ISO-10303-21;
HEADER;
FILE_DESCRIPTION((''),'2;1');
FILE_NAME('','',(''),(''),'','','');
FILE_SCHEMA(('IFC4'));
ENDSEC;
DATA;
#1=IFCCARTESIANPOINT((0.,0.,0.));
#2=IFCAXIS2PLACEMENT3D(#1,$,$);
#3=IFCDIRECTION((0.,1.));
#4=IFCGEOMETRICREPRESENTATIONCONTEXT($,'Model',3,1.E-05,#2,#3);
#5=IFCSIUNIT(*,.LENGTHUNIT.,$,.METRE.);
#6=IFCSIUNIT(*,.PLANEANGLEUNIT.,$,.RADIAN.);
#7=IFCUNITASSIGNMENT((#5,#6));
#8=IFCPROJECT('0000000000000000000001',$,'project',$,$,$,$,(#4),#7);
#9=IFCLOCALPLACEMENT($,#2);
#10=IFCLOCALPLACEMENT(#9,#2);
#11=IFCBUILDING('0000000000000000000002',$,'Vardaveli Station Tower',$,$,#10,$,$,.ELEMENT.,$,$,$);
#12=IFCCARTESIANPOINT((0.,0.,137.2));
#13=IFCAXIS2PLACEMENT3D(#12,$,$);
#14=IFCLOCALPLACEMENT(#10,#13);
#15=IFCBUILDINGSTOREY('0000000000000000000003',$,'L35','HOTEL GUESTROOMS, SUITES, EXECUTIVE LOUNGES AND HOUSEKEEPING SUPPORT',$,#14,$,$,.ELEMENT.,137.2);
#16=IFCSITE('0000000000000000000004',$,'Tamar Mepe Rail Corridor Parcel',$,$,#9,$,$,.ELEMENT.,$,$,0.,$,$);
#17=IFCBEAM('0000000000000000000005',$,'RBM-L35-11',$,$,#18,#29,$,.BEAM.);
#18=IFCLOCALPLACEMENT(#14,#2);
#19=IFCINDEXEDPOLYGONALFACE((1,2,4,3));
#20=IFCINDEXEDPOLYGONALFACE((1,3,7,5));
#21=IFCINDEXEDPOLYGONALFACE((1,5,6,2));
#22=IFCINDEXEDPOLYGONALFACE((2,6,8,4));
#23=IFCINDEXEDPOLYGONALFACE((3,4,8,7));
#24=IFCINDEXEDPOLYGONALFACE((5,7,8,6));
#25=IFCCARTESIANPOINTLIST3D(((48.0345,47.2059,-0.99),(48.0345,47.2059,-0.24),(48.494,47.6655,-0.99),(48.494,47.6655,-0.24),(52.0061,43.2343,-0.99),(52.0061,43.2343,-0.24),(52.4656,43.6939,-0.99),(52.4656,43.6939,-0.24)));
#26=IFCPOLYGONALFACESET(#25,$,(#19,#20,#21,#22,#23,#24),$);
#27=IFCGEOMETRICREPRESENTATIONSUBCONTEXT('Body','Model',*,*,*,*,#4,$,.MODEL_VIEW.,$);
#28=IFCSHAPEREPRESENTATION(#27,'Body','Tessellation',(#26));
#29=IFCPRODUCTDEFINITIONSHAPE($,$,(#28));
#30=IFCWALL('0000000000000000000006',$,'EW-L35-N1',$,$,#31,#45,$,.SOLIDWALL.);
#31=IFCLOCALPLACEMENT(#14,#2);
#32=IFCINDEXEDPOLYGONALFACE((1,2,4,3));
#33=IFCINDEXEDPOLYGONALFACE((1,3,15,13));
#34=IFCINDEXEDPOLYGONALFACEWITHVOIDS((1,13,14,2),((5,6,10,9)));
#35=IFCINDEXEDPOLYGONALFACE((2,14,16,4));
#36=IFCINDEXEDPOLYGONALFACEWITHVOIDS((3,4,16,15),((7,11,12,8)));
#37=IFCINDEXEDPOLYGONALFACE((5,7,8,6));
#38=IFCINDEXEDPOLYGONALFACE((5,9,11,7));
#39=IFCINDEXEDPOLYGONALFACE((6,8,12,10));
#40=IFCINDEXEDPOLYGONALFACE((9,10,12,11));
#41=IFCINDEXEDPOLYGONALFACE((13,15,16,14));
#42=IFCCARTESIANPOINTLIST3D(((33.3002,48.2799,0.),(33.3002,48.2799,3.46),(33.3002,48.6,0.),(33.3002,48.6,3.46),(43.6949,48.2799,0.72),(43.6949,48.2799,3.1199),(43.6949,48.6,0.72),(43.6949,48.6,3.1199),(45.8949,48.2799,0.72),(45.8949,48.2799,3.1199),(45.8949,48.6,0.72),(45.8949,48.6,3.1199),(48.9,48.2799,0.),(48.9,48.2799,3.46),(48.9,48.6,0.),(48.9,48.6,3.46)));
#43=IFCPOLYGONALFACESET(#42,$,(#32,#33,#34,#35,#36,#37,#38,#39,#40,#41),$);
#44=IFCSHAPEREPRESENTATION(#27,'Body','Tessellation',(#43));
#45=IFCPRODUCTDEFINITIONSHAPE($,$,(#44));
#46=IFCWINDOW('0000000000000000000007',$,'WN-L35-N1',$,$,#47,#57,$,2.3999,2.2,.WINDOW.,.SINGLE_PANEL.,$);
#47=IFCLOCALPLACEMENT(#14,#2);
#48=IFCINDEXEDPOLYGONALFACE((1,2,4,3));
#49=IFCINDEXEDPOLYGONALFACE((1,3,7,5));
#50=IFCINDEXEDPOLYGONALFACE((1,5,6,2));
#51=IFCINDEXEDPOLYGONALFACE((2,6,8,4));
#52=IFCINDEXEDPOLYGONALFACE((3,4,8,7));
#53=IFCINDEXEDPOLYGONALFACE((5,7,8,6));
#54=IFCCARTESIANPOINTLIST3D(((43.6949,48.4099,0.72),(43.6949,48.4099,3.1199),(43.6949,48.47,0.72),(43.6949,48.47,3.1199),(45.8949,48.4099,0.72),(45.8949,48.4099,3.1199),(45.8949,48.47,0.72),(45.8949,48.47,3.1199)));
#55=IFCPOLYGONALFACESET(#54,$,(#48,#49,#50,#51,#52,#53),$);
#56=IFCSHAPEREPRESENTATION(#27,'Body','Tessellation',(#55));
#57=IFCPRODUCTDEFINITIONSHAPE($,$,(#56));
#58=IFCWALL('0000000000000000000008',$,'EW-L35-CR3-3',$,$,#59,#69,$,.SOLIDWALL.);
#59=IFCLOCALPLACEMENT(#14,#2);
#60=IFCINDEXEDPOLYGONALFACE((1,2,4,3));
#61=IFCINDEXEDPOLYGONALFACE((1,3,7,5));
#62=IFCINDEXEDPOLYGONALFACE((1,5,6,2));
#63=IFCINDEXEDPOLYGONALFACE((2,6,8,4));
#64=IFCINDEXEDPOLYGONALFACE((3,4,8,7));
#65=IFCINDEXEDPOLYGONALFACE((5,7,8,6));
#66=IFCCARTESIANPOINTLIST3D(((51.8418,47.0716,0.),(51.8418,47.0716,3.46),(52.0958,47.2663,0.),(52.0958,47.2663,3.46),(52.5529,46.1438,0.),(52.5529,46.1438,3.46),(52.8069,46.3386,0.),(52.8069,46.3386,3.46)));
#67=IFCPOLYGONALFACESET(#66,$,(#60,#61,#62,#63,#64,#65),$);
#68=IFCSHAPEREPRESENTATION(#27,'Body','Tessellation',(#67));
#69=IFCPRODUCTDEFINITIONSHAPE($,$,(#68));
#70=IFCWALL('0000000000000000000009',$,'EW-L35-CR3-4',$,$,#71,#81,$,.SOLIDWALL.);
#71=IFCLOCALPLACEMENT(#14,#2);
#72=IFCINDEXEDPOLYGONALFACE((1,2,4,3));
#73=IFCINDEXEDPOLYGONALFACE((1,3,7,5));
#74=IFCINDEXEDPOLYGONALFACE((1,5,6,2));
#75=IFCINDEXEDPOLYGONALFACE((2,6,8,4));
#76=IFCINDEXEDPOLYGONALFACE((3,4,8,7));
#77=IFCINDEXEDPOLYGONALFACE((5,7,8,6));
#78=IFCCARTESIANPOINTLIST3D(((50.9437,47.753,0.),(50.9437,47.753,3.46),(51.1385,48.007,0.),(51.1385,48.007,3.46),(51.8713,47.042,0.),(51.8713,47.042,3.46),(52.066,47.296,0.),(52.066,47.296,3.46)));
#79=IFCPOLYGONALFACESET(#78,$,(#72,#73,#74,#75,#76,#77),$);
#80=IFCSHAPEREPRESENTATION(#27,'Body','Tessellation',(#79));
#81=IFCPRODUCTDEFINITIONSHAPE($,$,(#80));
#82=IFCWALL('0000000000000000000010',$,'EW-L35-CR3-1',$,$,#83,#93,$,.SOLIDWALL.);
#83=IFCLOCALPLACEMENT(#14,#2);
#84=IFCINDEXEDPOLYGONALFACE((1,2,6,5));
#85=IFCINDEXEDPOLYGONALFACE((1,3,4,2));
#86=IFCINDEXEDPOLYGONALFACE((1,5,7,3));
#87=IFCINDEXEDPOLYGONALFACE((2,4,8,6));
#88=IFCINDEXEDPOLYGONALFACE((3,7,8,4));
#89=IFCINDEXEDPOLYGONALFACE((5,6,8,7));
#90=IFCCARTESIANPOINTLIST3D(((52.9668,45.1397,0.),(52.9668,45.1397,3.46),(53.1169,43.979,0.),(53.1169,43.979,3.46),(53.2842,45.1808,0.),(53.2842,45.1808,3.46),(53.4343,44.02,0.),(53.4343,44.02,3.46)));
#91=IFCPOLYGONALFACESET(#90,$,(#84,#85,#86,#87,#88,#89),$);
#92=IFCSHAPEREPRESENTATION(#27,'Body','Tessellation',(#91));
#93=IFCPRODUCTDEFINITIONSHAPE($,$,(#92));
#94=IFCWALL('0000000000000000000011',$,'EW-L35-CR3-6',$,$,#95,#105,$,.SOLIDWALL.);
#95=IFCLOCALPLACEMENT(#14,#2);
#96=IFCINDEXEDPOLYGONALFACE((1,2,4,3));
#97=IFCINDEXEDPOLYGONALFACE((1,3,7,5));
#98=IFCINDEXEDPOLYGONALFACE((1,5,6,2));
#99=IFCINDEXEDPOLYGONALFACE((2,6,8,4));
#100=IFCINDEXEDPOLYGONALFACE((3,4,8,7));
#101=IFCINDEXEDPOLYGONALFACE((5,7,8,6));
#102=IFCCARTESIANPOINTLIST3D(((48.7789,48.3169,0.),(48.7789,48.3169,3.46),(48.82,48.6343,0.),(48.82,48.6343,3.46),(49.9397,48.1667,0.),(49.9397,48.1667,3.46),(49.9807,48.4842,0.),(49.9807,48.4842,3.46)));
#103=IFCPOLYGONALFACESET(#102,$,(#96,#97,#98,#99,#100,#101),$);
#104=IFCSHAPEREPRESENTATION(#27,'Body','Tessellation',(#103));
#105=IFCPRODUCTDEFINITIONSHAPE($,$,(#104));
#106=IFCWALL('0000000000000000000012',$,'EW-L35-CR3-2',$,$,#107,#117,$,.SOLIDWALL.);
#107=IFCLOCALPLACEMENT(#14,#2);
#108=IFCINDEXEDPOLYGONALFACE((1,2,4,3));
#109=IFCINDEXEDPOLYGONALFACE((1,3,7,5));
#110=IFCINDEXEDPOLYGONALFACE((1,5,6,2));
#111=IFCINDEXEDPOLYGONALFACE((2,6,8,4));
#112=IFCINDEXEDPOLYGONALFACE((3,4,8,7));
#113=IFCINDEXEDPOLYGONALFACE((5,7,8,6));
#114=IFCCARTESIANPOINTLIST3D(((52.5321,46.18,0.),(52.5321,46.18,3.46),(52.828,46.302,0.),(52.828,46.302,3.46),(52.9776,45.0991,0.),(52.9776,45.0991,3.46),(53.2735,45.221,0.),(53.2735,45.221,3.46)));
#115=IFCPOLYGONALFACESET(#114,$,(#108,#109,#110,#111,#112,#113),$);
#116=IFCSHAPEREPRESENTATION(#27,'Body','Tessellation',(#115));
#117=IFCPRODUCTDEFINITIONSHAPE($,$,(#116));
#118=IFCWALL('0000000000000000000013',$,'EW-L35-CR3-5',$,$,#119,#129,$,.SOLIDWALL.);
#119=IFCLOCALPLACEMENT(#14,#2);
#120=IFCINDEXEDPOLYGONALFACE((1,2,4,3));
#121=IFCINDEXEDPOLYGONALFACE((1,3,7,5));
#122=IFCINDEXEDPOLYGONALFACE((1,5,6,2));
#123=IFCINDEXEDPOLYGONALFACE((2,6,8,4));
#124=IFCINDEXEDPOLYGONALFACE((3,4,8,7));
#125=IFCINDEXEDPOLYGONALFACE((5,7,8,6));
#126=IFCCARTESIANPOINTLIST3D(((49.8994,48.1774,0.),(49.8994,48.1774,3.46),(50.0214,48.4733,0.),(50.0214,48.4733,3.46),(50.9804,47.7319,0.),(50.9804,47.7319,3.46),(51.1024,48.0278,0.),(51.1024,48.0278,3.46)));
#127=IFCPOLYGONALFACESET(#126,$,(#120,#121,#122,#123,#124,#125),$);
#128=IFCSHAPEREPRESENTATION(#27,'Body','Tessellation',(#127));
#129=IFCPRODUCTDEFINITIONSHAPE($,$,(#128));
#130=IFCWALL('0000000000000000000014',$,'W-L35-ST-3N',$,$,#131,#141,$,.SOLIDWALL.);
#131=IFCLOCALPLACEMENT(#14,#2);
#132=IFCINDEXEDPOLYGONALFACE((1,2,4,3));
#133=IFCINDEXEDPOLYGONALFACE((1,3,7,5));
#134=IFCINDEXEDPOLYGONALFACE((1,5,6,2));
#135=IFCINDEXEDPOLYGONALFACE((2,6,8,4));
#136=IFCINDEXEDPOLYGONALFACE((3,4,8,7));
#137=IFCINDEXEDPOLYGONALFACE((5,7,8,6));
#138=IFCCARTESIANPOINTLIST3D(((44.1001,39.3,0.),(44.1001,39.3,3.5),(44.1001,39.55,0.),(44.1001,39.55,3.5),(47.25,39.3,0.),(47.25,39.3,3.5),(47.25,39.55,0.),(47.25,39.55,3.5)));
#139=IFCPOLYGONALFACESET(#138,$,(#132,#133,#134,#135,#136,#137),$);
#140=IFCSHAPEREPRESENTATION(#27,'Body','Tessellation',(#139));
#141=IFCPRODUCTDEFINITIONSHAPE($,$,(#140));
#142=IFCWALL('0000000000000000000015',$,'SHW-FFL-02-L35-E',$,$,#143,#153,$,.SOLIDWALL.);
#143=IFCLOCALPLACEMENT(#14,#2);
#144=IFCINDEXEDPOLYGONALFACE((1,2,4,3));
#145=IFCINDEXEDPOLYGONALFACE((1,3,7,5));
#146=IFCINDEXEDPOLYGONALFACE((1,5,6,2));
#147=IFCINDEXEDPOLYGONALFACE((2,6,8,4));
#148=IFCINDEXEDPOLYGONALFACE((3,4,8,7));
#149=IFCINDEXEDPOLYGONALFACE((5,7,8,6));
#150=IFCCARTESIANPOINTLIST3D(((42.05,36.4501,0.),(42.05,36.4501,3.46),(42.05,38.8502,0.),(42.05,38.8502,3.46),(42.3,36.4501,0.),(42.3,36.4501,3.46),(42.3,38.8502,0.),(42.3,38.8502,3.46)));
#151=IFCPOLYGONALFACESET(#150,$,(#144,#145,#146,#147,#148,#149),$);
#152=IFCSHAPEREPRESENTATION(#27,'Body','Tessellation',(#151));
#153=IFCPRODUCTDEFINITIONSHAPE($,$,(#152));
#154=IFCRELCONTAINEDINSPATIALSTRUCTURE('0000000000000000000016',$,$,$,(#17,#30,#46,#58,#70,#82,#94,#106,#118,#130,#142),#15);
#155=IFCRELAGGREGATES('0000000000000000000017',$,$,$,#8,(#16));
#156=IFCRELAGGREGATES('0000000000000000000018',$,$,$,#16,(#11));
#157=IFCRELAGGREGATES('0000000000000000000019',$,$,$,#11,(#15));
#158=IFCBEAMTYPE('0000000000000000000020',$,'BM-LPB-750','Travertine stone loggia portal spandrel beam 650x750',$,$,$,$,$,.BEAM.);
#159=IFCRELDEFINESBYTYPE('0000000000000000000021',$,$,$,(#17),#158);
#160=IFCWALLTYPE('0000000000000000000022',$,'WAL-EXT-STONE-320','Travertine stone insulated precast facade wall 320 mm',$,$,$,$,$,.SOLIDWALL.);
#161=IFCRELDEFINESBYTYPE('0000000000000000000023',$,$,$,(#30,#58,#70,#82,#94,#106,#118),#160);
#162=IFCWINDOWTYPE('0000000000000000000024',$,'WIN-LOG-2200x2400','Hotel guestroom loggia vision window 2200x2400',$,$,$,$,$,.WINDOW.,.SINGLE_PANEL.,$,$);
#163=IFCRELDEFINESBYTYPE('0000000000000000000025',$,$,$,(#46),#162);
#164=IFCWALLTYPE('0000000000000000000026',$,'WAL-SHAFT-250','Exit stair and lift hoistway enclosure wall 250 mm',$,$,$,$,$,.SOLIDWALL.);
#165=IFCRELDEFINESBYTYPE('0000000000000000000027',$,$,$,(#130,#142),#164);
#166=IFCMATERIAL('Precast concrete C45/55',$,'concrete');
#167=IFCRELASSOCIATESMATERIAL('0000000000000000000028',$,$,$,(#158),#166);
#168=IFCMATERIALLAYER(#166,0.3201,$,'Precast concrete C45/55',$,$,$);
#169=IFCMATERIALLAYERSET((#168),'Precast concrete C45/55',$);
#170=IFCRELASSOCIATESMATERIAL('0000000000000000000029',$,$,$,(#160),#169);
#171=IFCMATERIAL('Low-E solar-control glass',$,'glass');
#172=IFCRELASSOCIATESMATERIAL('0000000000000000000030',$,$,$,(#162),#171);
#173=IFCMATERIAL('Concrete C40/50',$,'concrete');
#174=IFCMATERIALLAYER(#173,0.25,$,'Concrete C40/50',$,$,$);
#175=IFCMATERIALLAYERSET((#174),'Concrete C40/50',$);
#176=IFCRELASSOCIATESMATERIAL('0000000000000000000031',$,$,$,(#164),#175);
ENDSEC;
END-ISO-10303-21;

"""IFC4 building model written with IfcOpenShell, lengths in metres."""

from ifc_helpers import new_model, si_unit, direction, frame, frame_2d, origin, origin_2d, place, context, subcontext, project, spatial, rectangle, extrude, source, transform, mapped, material, layer, layer_set, material_profile, profile_set, type_object, element, fill, save


model = new_model("IFC4")

# Units and contexts
model_context = context("Model", 3, precision=1e-05, world=origin(), true_north=direction((0.0, 1.0)))
body_context = subcontext(model_context, "Body", "Model", "MODEL_VIEW")
ifc_project = project(units=[si_unit("LENGTHUNIT", "METRE"), si_unit("PLANEANGLEUNIT", "RADIAN")], contexts=[model_context])

# Site, building, storey
site_placement = place(None, origin())
site = spatial("IfcSite", under=ifc_project, at=site_placement, Name="Tamar Mepe Rail Corridor Parcel", CompositionType="ELEMENT", RefElevation=0.0)
building_placement = place(site_placement, origin())
building = spatial("IfcBuilding", under=site, at=building_placement, Name="Vardaveli Station Tower", CompositionType="ELEMENT")
storey_placement = place(building_placement, frame((0.0, 0.0, 137.2)))
storey = spatial("IfcBuildingStorey", under=building, at=storey_placement, Name="L35", Description="HOTEL GUESTROOMS, SUITES, EXECUTIVE LOUNGES AND HOUSEKEEPING SUPPORT", CompositionType="ELEMENT", Elevation=137.2)

# Beam
ifc_material_1 = material(Name="Precast concrete C45/55", Category="concrete")
ifc_material_profile_1 = material_profile(ifc_material_1, rectangle(XDim=0.6499, YDim=0.75, at=origin_2d()), Name="LPB 650x750")
ifc_profile_set_1 = profile_set([ifc_material_profile_1], Name="Precast concrete C45/55")
beam_type = type_object("IfcBeamType", Name="BM-LPB-750", Description="Travertine stone loggia portal spandrel beam 650x750", PredefinedType="BEAM", material=ifc_profile_set_1)
shared_shape_1 = source(origin(), body_context, "Body", "SweptSolid", [
    extrude(rectangle(XDim=0.6499, YDim=0.75, at=origin_2d()), origin(), (0.0, 0.0, 1.0), 5.6167),
])
beam_placement = place(storey_placement, frame((52.2358, 43.4641, -0.615), z_axis=(-0.707107, 0.707107, 0.0), x_axis=(-0.707107, -0.707107, 0.0)))
element("IfcBeam", 1, at=beam_placement, inside=storey, type_object=beam_type, Name="RBM-L35-11", PredefinedType="BEAM", context=body_context, shape_type="MappedRepresentation", body=[
    mapped(shared_shape_1, transform((0.0, 0.0, 0.0), scale=1.0)),
])

# Wall, opening, window
ifc_layer_1 = layer(ifc_material_1, 0.3201, Name="Precast concrete C45/55")
ifc_layer_set_1 = layer_set([ifc_layer_1], Name="Precast concrete C45/55")
wall_type_1 = type_object("IfcWallType", Name="WAL-EXT-STONE-320", Description="Travertine stone insulated precast facade wall 320 mm", PredefinedType="SOLIDWALL", material=ifc_layer_set_1)
shared_shape_2 = source(origin(), body_context, "Body", "SweptSolid", [
    extrude(rectangle(XDim=15.5999, YDim=0.3201, at=frame_2d((7.7998, 0.0))), origin(), (0.0, 0.0, 1.0), 3.46),
])
wall_1_placement = place(storey_placement, frame((48.8999, 48.4399, 0.0), z_axis=(0.0, 0.0, 1.0), x_axis=(-1.0, 0.0, 0.0)))
wall_1 = element("IfcWall", 2, at=wall_1_placement, inside=storey, type_object=wall_type_1, Name="EW-L35-N1", PredefinedType="SOLIDWALL", context=body_context, shape_type="MappedRepresentation", body=[
    mapped(shared_shape_2, transform((0.0, 0.0, 0.0), scale=1.0)),
])
shared_shape_3 = source(origin(), body_context, "Body", "SweptSolid", [
    extrude(rectangle(XDim=2.2, YDim=2.3999, at=frame_2d((1.1001, 1.2))), frame((0.0, 0.1699, 0.0), z_axis=(0.0, -1.0, 0.0), x_axis=(1.0, 0.0, 0.0)), (0.0, 0.0, 1.0), 0.3401),
])
opening_placement = place(wall_1_placement, frame((3.0049, 0.0, 0.72)))
opening = element("IfcOpeningElement", 3, at=opening_placement, cuts=wall_1, PredefinedType="OPENING", context=body_context, shape_type="MappedRepresentation", body=[
    mapped(shared_shape_3, transform((0.0, 0.0, 0.0), scale=1.0)),
])
ifc_material_2 = material(Name="Low-E solar-control glass", Category="glass")
window_type = type_object("IfcWindowType", Name="WIN-LOG-2200x2400", Description="Hotel guestroom loggia vision window 2200x2400", PartitioningType="SINGLE_PANEL", PredefinedType="WINDOW", material=ifc_material_2)
shared_shape_4 = source(origin(), body_context, "Body", "SweptSolid", [
    extrude(rectangle(XDim=2.2, YDim=2.3999, at=frame_2d((1.1001, 1.2))), frame((0.0, 0.03, 0.0), z_axis=(0.0, -1.0, 0.0), x_axis=(1.0, 0.0, 0.0)), (0.0, 0.0, 1.0), 0.0601),
])
window_placement = place(opening_placement, origin())
window = element("IfcWindow", 4, at=window_placement, inside=storey, type_object=window_type, Name="WN-L35-N1", OverallHeight=2.3999, OverallWidth=2.2, PartitioningType="SINGLE_PANEL", PredefinedType="WINDOW", context=body_context, shape_type="MappedRepresentation", body=[
    mapped(shared_shape_4, transform((0.0, 0.0, 0.0), scale=1.0)),
])
fill(opening, window)

# Walls
shared_shape_5 = source(origin(), body_context, "Body", "SweptSolid", [
    extrude(rectangle(XDim=1.1689, YDim=0.3201, at=frame_2d((0.5845, 0.0))), origin(), (0.0, 0.0, 1.0), 3.46),
])
wall_2_placement = place(storey_placement, frame((52.6799, 46.2412, 0.0), z_axis=(0.0, 0.0, 1.0), x_axis=(-0.608388, 0.79364, 0.0)))
element("IfcWall", 5, at=wall_2_placement, inside=storey, type_object=wall_type_1, Name="EW-L35-CR3-3", PredefinedType="SOLIDWALL", context=body_context, shape_type="MappedRepresentation", body=[
    mapped(shared_shape_5, transform((0.0, 0.0, 0.0), scale=1.0)),
])
shared_shape_6 = source(origin(), body_context, "Body", "SweptSolid", [
    extrude(rectangle(XDim=1.1687, YDim=0.3201, at=frame_2d((0.5845, 0.0))), origin(), (0.0, 0.0, 1.0), 3.46),
])
wall_3_placement = place(storey_placement, frame((51.9688, 47.1689, 0.0), z_axis=(0.0, 0.0, 1.0), x_axis=(-0.793664, 0.608357, 0.0)))
element("IfcWall", 6, at=wall_3_placement, inside=storey, type_object=wall_type_1, Name="EW-L35-CR3-4", PredefinedType="SOLIDWALL", context=body_context, shape_type="MappedRepresentation", body=[
    mapped(shared_shape_6, transform((0.0, 0.0, 0.0), scale=1.0)),
])
shared_shape_7 = source(origin(), body_context, "Body", "SweptSolid", [
    extrude(rectangle(XDim=1.1704, YDim=0.3201, at=frame_2d((0.5852, 0.0))), origin(), (0.0, 0.0, 1.0), 3.46),
])
for number, where, z_axis, x_axis, name in (
    (7, (53.2756, 43.9995, 0.0), (0.0, 0.0, 1.0), (-0.128296, 0.991736, 0.0), "EW-L35-CR3-1"),
    (8, (49.9602, 48.3254, 0.0), (0.0, 0.0, 1.0), (-0.991736, 0.128296, 0.0), "EW-L35-CR3-6"),
):
    element("IfcWall", number, at=place(storey_placement, frame(where, z_axis=z_axis, x_axis=x_axis)), inside=storey, type_object=wall_type_1, Name=name, PredefinedType="SOLIDWALL", context=body_context, shape_type="MappedRepresentation", body=[
        mapped(shared_shape_7, transform((0.0, 0.0, 0.0), scale=1.0)),
    ])
shared_shape_8 = source(origin(), body_context, "Body", "SweptSolid", [
    extrude(rectangle(XDim=1.1692, YDim=0.3201, at=frame_2d((0.5845, 0.0))), origin(), (0.0, 0.0, 1.0), 3.46),
])
for number, where, z_axis, x_axis, name in (
    (9, (53.1255, 45.1602, 0.0), (0.0, 0.0, 1.0), (-0.381054, 0.924553, 0.0), "EW-L35-CR3-2"),
    (10, (51.0413, 47.8799, 0.0), (0.0, 0.0, 1.0), (-0.924553, 0.381054, 0.0), "EW-L35-CR3-5"),
):
    element("IfcWall", number, at=place(storey_placement, frame(where, z_axis=z_axis, x_axis=x_axis)), inside=storey, type_object=wall_type_1, Name=name, PredefinedType="SOLIDWALL", context=body_context, shape_type="MappedRepresentation", body=[
        mapped(shared_shape_8, transform((0.0, 0.0, 0.0), scale=1.0)),
    ])
ifc_material_3 = material(Name="Concrete C40/50", Category="concrete")
ifc_layer_2 = layer(ifc_material_3, 0.25, Name="Concrete C40/50")
ifc_layer_set_2 = layer_set([ifc_layer_2], Name="Concrete C40/50")
wall_type_2 = type_object("IfcWallType", Name="WAL-SHAFT-250", Description="Exit stair and lift hoistway enclosure wall 250 mm", PredefinedType="SOLIDWALL", material=ifc_layer_set_2)
shared_shape_9 = source(origin(), body_context, "Body", "SweptSolid", [
    extrude(rectangle(XDim=3.1499, YDim=0.25, at=frame_2d((1.575, 0.0))), origin(), (0.0, 0.0, 1.0), 3.5),
])
wall_4_placement = place(storey_placement, frame((44.1001, 39.425, 0.0), z_axis=(0.0, 0.0, 1.0), x_axis=(1.0, 0.0, 0.0)))
element("IfcWall", 11, at=wall_4_placement, inside=storey, type_object=wall_type_2, Name="W-L35-ST-3N", PredefinedType="SOLIDWALL", context=body_context, shape_type="MappedRepresentation", body=[
    mapped(shared_shape_9, transform((0.0, 0.0, 0.0), scale=1.0)),
])
shared_shape_10 = source(origin(), body_context, "Body", "SweptSolid", [
    extrude(rectangle(XDim=2.4001, YDim=0.25, at=frame_2d((1.2002, 0.0))), origin(), (0.0, 0.0, 1.0), 3.46),
])
wall_5_placement = place(storey_placement, frame((42.175, 36.45, 0.0), z_axis=(0.0, 0.0, 1.0), x_axis=(0.0, 1.0, 0.0)))
element("IfcWall", 12, at=wall_5_placement, inside=storey, type_object=wall_type_2, Name="SHW-FFL-02-L35-E", PredefinedType="SOLIDWALL", context=body_context, shape_type="MappedRepresentation", body=[
    mapped(shared_shape_10, transform((0.0, 0.0, 0.0), scale=1.0)),
])

save(model, "model.ifc")
